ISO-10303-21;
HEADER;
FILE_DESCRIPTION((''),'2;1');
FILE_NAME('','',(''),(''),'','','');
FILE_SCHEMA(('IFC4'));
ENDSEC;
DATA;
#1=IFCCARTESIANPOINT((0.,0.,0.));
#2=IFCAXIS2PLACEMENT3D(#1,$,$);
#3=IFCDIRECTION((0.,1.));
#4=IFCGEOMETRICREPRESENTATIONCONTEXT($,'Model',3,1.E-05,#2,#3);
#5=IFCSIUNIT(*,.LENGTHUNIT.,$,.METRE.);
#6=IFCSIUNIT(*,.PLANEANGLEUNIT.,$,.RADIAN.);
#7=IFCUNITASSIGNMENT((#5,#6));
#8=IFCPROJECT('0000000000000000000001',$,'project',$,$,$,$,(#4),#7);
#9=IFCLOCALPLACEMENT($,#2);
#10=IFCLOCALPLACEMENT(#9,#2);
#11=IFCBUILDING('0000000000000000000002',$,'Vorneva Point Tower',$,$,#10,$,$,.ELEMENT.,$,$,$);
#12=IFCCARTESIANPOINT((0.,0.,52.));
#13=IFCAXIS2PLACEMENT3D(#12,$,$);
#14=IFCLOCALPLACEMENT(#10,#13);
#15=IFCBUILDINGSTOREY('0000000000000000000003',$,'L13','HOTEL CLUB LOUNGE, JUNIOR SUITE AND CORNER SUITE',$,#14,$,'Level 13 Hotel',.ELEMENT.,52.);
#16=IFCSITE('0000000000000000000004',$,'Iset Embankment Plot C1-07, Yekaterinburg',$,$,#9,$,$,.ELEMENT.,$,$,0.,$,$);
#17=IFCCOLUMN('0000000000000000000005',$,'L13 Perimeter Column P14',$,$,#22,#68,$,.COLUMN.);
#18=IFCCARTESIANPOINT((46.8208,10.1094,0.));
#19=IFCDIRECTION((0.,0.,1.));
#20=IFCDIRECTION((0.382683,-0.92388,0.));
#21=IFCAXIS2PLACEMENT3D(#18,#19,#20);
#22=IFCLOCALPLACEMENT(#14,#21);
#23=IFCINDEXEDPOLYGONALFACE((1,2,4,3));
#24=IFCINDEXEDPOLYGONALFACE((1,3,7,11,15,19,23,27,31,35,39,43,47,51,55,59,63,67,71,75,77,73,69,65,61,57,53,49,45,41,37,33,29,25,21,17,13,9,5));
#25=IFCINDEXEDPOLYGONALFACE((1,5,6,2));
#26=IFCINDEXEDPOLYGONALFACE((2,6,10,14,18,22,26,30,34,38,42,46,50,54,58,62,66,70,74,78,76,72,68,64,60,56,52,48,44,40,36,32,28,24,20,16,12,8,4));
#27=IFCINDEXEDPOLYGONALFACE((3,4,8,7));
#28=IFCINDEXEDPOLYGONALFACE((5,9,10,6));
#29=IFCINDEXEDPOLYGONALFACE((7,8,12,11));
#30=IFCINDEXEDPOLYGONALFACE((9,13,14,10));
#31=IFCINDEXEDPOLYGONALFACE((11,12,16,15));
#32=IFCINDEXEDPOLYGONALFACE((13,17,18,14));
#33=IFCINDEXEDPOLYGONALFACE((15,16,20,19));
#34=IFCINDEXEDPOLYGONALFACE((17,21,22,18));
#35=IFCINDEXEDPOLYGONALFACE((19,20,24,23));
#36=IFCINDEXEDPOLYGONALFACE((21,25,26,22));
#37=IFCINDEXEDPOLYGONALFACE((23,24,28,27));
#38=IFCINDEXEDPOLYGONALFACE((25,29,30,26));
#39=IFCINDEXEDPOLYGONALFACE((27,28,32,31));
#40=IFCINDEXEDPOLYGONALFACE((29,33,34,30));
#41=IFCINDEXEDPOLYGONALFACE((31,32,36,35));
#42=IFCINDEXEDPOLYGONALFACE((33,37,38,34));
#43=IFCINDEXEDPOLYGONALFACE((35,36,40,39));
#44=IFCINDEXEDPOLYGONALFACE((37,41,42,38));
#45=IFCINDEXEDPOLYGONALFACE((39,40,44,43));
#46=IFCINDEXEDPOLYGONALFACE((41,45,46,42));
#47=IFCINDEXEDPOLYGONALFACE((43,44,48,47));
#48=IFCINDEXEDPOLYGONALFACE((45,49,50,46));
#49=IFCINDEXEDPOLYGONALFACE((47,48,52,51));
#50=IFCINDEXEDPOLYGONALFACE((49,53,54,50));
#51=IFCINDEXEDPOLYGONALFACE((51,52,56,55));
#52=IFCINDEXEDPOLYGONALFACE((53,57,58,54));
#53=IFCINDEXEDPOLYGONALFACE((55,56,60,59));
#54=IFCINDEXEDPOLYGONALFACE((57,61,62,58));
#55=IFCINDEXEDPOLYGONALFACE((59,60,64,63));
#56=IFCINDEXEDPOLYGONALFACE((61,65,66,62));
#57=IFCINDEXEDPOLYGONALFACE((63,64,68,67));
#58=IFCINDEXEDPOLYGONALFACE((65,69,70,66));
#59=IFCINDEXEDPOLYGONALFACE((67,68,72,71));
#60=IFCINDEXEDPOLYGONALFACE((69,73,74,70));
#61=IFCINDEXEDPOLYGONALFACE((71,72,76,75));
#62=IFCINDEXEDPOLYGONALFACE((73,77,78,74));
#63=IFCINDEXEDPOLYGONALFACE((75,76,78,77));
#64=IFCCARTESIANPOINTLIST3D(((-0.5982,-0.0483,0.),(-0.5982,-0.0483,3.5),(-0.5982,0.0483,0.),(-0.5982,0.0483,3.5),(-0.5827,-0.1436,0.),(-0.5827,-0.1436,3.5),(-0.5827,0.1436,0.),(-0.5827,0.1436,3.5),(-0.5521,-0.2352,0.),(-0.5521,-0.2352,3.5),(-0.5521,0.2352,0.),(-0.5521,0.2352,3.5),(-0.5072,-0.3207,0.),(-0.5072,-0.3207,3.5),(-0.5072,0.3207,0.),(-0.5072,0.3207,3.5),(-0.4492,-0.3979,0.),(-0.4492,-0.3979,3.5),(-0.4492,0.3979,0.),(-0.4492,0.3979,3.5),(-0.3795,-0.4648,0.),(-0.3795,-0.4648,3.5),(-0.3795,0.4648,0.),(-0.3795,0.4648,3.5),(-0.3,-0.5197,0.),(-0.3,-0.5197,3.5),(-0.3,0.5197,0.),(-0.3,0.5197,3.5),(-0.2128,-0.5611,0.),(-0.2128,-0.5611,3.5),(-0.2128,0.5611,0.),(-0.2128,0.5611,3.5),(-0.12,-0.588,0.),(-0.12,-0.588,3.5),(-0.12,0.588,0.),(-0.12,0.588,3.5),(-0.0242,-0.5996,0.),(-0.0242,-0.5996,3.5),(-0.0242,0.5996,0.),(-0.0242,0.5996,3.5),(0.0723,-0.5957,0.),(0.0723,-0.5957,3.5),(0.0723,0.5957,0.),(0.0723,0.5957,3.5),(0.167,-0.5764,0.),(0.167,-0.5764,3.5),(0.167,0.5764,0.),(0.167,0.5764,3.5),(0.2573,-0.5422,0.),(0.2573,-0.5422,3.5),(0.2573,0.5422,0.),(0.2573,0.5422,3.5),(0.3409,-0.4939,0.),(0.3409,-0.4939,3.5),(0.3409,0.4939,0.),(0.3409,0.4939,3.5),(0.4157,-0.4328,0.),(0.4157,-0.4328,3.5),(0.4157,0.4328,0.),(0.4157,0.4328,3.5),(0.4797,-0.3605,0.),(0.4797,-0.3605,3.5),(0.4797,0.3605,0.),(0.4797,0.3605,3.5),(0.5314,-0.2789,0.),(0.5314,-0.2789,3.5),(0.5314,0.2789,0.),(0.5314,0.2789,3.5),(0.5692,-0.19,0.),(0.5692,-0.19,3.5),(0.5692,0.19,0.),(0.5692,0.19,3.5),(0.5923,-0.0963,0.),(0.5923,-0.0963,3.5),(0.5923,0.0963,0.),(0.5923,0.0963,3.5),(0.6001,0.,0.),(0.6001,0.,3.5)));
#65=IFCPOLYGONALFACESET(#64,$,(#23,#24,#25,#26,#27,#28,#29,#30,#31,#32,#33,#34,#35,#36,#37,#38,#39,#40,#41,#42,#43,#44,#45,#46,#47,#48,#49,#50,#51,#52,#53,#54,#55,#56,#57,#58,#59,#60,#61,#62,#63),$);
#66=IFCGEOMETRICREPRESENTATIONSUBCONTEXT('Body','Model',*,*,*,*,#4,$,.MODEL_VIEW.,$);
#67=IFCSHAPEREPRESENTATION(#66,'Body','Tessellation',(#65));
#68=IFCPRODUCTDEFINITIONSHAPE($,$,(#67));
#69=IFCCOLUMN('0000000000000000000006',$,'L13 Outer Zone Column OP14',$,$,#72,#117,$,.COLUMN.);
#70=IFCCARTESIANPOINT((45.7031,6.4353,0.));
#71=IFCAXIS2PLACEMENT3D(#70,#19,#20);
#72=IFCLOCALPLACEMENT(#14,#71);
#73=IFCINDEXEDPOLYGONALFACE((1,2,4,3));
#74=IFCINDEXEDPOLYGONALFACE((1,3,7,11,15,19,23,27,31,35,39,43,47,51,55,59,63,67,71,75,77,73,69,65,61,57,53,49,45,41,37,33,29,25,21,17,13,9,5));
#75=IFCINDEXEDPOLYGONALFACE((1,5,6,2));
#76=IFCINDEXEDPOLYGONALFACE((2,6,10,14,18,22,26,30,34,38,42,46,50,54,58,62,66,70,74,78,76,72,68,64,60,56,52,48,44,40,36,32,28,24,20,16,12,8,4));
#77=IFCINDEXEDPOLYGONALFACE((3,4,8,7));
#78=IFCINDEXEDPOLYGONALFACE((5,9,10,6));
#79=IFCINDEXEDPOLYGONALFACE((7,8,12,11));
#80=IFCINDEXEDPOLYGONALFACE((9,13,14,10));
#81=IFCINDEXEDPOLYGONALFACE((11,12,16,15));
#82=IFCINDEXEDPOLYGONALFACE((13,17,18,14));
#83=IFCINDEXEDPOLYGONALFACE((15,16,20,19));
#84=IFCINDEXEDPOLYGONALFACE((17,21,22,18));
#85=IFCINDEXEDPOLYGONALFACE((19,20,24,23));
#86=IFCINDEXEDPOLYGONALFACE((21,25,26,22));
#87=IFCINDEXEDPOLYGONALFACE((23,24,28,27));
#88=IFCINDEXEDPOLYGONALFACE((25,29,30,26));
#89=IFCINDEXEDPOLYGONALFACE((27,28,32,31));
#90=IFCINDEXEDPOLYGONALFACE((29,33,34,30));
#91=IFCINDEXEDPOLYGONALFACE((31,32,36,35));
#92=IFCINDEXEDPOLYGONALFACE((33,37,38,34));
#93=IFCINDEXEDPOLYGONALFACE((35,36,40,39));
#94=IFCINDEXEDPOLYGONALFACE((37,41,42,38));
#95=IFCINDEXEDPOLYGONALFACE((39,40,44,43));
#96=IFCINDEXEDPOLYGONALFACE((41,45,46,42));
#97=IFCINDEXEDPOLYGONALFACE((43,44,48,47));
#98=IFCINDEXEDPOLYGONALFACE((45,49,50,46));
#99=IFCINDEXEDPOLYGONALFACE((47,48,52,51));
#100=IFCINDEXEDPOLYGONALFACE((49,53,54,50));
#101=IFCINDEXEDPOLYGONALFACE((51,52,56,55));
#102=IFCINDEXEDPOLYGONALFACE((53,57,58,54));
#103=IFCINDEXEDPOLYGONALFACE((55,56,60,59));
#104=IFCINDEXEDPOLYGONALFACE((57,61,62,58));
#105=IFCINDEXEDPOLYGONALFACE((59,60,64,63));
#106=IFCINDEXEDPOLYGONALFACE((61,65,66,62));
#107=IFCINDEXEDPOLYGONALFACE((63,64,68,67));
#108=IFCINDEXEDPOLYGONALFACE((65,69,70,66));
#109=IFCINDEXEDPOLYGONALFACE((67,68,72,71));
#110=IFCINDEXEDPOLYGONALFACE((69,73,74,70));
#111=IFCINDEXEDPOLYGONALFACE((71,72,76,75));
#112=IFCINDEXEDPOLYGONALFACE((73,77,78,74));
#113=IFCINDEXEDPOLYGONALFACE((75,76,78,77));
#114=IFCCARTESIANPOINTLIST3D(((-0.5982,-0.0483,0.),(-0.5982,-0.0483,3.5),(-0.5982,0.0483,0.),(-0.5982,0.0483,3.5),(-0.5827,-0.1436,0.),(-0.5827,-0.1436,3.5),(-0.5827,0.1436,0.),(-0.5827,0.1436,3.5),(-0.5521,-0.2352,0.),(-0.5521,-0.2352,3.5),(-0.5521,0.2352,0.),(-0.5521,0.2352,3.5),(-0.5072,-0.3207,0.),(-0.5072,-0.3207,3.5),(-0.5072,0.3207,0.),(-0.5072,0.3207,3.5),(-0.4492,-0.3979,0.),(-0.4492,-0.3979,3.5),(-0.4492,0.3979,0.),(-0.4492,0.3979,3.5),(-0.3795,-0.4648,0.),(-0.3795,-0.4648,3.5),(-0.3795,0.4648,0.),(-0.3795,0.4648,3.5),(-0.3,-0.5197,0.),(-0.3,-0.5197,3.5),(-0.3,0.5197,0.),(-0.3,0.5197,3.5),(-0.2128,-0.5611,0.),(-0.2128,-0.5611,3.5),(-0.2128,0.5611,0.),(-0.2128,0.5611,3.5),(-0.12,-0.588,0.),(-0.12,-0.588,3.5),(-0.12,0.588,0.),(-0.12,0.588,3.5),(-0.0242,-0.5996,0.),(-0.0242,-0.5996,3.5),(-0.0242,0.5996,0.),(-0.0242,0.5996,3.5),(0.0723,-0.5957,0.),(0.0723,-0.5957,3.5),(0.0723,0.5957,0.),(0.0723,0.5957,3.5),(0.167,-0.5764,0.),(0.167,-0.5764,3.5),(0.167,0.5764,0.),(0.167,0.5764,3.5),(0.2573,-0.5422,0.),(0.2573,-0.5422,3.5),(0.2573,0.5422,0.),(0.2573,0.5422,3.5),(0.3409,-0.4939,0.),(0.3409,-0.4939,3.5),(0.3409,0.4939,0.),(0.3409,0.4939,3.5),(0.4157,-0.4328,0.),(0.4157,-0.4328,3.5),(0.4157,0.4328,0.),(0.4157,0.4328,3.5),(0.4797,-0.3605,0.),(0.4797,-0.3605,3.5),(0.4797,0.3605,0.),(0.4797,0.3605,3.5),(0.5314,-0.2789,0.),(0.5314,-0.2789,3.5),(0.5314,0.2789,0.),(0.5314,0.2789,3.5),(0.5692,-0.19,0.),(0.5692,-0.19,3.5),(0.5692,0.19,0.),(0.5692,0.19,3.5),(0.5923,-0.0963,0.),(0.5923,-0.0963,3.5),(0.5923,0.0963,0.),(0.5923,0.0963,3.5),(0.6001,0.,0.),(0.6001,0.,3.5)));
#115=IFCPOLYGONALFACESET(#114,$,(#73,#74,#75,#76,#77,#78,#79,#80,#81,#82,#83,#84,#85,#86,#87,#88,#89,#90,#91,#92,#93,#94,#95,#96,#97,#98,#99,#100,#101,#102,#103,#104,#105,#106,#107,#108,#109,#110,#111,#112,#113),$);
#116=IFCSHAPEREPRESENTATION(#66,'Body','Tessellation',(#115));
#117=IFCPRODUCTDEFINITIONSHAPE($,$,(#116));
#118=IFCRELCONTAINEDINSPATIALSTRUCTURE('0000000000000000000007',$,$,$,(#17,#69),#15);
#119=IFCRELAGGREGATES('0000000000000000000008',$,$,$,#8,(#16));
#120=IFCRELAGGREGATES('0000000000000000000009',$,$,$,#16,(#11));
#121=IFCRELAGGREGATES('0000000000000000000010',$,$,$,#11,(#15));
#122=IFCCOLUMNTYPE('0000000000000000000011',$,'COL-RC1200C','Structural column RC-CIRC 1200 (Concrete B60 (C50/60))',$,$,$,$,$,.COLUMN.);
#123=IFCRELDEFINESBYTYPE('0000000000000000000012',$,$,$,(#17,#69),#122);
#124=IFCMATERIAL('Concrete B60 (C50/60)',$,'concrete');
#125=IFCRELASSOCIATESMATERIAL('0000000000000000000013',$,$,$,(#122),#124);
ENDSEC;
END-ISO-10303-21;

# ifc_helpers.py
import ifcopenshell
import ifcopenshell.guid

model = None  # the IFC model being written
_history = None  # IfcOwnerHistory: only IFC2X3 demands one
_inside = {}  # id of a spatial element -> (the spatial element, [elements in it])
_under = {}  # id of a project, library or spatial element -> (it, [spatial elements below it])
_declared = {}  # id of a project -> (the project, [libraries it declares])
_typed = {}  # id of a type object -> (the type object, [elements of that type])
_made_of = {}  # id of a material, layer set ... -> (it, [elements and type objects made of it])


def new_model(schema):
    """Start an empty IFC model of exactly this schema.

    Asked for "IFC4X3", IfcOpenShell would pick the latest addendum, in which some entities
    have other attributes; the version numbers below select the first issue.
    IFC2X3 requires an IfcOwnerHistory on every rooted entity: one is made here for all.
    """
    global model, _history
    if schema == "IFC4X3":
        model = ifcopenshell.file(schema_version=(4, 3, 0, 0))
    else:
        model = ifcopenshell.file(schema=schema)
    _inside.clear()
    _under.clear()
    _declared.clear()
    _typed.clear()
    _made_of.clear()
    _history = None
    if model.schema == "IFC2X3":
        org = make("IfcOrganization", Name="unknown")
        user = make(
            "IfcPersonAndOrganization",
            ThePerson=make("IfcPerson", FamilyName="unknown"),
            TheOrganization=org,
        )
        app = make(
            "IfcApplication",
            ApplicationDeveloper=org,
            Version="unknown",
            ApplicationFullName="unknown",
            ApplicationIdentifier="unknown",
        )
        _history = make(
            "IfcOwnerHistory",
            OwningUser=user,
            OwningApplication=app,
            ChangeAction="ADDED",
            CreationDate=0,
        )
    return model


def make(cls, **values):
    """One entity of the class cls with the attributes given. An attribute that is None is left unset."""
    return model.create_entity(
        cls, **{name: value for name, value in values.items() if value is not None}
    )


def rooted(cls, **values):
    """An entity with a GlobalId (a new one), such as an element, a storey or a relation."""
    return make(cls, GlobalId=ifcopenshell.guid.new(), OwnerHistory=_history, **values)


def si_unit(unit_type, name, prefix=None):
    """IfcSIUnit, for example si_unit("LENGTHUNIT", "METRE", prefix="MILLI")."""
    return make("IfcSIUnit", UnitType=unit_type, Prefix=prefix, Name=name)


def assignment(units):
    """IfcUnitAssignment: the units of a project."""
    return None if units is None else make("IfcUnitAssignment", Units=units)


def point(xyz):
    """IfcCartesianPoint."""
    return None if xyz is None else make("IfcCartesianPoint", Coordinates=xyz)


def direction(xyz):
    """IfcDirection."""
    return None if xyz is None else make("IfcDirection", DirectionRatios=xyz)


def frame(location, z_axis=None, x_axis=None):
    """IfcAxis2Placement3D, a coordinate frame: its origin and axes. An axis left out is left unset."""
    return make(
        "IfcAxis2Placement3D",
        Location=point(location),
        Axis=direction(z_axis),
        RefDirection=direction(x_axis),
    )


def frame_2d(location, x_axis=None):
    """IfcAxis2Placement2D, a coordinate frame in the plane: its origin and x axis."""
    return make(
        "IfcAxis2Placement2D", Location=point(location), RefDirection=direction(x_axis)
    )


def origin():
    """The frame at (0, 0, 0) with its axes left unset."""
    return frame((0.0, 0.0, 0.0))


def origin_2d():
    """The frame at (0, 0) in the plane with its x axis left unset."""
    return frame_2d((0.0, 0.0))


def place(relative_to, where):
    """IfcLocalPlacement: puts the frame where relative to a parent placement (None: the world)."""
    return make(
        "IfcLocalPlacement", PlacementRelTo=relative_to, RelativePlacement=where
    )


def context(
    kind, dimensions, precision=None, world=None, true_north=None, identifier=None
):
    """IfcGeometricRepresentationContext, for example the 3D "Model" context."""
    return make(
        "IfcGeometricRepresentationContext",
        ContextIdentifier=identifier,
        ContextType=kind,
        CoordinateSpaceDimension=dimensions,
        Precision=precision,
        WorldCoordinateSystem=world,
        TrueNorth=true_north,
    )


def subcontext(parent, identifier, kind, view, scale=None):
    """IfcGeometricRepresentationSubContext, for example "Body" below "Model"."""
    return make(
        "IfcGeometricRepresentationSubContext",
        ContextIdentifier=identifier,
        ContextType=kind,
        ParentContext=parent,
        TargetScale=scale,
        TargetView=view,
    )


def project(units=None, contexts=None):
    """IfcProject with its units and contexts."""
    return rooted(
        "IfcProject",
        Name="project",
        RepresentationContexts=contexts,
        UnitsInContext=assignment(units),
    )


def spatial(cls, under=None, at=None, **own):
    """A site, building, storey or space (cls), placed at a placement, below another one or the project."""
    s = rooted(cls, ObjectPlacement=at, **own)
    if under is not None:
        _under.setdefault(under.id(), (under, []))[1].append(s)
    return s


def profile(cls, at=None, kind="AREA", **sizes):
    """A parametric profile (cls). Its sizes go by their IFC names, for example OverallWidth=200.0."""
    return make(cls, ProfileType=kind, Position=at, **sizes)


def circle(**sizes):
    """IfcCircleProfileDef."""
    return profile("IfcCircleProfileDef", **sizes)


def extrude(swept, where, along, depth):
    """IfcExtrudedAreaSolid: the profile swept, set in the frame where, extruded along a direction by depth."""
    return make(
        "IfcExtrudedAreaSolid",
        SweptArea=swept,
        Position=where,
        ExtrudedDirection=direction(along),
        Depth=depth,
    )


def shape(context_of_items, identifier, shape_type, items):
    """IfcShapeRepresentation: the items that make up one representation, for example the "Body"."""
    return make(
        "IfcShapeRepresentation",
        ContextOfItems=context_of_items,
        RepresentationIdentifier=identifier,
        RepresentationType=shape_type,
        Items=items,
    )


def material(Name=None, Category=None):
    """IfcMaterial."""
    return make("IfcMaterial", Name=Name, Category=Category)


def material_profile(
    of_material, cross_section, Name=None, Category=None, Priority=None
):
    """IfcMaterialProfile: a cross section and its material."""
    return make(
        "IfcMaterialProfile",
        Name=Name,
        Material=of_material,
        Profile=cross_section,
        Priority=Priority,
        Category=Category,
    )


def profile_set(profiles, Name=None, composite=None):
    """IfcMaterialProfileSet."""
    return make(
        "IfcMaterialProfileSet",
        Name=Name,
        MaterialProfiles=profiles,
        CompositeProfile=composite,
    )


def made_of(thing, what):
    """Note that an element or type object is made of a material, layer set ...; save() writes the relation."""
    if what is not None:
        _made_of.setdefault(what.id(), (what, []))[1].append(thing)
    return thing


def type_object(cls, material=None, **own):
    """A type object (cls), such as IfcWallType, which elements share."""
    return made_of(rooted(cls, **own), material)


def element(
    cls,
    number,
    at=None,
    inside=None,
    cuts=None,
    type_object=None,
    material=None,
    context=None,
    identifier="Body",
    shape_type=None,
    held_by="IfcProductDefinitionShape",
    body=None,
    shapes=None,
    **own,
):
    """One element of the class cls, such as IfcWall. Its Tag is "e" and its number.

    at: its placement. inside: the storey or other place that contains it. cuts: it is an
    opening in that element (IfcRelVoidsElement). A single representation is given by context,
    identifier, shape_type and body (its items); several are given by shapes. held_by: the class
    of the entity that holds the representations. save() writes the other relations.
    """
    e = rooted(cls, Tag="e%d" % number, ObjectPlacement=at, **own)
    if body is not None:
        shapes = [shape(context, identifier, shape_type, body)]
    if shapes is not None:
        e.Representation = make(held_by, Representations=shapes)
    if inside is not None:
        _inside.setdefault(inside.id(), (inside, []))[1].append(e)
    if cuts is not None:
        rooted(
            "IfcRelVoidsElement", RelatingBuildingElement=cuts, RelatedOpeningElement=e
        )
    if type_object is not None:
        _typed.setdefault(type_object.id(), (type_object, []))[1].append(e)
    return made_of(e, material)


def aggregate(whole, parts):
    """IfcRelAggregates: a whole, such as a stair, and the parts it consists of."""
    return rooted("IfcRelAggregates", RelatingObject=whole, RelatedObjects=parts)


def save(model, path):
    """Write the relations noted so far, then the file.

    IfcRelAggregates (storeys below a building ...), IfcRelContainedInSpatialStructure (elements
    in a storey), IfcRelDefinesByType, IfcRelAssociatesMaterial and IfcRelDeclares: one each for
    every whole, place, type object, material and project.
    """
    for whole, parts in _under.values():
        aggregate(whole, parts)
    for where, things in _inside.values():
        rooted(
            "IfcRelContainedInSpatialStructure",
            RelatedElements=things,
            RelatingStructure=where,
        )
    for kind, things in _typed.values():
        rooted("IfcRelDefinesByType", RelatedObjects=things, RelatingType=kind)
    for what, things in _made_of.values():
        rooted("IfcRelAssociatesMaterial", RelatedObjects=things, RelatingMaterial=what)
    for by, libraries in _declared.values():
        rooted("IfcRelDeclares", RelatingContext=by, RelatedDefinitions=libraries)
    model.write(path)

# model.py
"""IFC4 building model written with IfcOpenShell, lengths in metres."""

from ifc_helpers import new_model, si_unit, direction, frame, origin, origin_2d, place, context, subcontext, project, spatial, circle, extrude, material, material_profile, profile_set, type_object, element, save


model = new_model("IFC4")

# Units and contexts
model_context = context("Model", 3, precision=1e-05, world=origin(), true_north=direction((0.0, 1.0)))
body_context = subcontext(model_context, "Body", "Model", "MODEL_VIEW")
ifc_project = project(units=[si_unit("LENGTHUNIT", "METRE"), si_unit("PLANEANGLEUNIT", "RADIAN")], contexts=[model_context])

# Site, building, storey
site_placement = place(None, origin())
site = spatial("IfcSite", under=ifc_project, at=site_placement, Name="Iset Embankment Plot C1-07, Yekaterinburg", CompositionType="ELEMENT", RefElevation=0.0)
building_placement = place(site_placement, origin())
building = spatial("IfcBuilding", under=site, at=building_placement, Name="Vorneva Point Tower", CompositionType="ELEMENT")
storey_placement = place(building_placement, frame((0.0, 0.0, 52.0)))
storey = spatial("IfcBuildingStorey", under=building, at=storey_placement, Name="L13", Description="HOTEL CLUB LOUNGE, JUNIOR SUITE AND CORNER SUITE", LongName="Level 13 Hotel", CompositionType="ELEMENT", Elevation=52.0)

# Columns
ifc_material_1 = material(Name="Concrete B60 (C50/60)", Category="concrete")
ifc_material_profile_1 = material_profile(ifc_material_1, circle(Radius=0.6001, at=origin_2d()), Name="RC-CIRC 1200")
ifc_profile_set_1 = profile_set([ifc_material_profile_1], Name="Concrete B60 (C50/60)")
column_type = type_object("IfcColumnType", Name="COL-RC1200C", Description="Structural column RC-CIRC 1200 (Concrete B60 (C50/60))", PredefinedType="COLUMN", material=ifc_profile_set_1)
for number, where, z_axis, x_axis, name in (
    (1, (46.8208, 10.1094, 0.0), (0.0, 0.0, 1.0), (0.382683, -0.92388, 0.0), "L13 Perimeter Column P14"),
    (2, (45.7031, 6.4353, 0.0), (0.0, 0.0, 1.0), (0.382683, -0.92388, 0.0), "L13 Outer Zone Column OP14"),
):
    element("IfcColumn", number, at=place(storey_placement, frame(where, z_axis=z_axis, x_axis=x_axis)), inside=storey, type_object=column_type, Name=name, PredefinedType="COLUMN", context=body_context, shape_type="SweptSolid", body=[
        extrude(circle(Radius=0.6001, at=origin_2d()), origin(), (0.0, 0.0, 1.0), 3.5),
    ])

save(model, "model.ifc")
